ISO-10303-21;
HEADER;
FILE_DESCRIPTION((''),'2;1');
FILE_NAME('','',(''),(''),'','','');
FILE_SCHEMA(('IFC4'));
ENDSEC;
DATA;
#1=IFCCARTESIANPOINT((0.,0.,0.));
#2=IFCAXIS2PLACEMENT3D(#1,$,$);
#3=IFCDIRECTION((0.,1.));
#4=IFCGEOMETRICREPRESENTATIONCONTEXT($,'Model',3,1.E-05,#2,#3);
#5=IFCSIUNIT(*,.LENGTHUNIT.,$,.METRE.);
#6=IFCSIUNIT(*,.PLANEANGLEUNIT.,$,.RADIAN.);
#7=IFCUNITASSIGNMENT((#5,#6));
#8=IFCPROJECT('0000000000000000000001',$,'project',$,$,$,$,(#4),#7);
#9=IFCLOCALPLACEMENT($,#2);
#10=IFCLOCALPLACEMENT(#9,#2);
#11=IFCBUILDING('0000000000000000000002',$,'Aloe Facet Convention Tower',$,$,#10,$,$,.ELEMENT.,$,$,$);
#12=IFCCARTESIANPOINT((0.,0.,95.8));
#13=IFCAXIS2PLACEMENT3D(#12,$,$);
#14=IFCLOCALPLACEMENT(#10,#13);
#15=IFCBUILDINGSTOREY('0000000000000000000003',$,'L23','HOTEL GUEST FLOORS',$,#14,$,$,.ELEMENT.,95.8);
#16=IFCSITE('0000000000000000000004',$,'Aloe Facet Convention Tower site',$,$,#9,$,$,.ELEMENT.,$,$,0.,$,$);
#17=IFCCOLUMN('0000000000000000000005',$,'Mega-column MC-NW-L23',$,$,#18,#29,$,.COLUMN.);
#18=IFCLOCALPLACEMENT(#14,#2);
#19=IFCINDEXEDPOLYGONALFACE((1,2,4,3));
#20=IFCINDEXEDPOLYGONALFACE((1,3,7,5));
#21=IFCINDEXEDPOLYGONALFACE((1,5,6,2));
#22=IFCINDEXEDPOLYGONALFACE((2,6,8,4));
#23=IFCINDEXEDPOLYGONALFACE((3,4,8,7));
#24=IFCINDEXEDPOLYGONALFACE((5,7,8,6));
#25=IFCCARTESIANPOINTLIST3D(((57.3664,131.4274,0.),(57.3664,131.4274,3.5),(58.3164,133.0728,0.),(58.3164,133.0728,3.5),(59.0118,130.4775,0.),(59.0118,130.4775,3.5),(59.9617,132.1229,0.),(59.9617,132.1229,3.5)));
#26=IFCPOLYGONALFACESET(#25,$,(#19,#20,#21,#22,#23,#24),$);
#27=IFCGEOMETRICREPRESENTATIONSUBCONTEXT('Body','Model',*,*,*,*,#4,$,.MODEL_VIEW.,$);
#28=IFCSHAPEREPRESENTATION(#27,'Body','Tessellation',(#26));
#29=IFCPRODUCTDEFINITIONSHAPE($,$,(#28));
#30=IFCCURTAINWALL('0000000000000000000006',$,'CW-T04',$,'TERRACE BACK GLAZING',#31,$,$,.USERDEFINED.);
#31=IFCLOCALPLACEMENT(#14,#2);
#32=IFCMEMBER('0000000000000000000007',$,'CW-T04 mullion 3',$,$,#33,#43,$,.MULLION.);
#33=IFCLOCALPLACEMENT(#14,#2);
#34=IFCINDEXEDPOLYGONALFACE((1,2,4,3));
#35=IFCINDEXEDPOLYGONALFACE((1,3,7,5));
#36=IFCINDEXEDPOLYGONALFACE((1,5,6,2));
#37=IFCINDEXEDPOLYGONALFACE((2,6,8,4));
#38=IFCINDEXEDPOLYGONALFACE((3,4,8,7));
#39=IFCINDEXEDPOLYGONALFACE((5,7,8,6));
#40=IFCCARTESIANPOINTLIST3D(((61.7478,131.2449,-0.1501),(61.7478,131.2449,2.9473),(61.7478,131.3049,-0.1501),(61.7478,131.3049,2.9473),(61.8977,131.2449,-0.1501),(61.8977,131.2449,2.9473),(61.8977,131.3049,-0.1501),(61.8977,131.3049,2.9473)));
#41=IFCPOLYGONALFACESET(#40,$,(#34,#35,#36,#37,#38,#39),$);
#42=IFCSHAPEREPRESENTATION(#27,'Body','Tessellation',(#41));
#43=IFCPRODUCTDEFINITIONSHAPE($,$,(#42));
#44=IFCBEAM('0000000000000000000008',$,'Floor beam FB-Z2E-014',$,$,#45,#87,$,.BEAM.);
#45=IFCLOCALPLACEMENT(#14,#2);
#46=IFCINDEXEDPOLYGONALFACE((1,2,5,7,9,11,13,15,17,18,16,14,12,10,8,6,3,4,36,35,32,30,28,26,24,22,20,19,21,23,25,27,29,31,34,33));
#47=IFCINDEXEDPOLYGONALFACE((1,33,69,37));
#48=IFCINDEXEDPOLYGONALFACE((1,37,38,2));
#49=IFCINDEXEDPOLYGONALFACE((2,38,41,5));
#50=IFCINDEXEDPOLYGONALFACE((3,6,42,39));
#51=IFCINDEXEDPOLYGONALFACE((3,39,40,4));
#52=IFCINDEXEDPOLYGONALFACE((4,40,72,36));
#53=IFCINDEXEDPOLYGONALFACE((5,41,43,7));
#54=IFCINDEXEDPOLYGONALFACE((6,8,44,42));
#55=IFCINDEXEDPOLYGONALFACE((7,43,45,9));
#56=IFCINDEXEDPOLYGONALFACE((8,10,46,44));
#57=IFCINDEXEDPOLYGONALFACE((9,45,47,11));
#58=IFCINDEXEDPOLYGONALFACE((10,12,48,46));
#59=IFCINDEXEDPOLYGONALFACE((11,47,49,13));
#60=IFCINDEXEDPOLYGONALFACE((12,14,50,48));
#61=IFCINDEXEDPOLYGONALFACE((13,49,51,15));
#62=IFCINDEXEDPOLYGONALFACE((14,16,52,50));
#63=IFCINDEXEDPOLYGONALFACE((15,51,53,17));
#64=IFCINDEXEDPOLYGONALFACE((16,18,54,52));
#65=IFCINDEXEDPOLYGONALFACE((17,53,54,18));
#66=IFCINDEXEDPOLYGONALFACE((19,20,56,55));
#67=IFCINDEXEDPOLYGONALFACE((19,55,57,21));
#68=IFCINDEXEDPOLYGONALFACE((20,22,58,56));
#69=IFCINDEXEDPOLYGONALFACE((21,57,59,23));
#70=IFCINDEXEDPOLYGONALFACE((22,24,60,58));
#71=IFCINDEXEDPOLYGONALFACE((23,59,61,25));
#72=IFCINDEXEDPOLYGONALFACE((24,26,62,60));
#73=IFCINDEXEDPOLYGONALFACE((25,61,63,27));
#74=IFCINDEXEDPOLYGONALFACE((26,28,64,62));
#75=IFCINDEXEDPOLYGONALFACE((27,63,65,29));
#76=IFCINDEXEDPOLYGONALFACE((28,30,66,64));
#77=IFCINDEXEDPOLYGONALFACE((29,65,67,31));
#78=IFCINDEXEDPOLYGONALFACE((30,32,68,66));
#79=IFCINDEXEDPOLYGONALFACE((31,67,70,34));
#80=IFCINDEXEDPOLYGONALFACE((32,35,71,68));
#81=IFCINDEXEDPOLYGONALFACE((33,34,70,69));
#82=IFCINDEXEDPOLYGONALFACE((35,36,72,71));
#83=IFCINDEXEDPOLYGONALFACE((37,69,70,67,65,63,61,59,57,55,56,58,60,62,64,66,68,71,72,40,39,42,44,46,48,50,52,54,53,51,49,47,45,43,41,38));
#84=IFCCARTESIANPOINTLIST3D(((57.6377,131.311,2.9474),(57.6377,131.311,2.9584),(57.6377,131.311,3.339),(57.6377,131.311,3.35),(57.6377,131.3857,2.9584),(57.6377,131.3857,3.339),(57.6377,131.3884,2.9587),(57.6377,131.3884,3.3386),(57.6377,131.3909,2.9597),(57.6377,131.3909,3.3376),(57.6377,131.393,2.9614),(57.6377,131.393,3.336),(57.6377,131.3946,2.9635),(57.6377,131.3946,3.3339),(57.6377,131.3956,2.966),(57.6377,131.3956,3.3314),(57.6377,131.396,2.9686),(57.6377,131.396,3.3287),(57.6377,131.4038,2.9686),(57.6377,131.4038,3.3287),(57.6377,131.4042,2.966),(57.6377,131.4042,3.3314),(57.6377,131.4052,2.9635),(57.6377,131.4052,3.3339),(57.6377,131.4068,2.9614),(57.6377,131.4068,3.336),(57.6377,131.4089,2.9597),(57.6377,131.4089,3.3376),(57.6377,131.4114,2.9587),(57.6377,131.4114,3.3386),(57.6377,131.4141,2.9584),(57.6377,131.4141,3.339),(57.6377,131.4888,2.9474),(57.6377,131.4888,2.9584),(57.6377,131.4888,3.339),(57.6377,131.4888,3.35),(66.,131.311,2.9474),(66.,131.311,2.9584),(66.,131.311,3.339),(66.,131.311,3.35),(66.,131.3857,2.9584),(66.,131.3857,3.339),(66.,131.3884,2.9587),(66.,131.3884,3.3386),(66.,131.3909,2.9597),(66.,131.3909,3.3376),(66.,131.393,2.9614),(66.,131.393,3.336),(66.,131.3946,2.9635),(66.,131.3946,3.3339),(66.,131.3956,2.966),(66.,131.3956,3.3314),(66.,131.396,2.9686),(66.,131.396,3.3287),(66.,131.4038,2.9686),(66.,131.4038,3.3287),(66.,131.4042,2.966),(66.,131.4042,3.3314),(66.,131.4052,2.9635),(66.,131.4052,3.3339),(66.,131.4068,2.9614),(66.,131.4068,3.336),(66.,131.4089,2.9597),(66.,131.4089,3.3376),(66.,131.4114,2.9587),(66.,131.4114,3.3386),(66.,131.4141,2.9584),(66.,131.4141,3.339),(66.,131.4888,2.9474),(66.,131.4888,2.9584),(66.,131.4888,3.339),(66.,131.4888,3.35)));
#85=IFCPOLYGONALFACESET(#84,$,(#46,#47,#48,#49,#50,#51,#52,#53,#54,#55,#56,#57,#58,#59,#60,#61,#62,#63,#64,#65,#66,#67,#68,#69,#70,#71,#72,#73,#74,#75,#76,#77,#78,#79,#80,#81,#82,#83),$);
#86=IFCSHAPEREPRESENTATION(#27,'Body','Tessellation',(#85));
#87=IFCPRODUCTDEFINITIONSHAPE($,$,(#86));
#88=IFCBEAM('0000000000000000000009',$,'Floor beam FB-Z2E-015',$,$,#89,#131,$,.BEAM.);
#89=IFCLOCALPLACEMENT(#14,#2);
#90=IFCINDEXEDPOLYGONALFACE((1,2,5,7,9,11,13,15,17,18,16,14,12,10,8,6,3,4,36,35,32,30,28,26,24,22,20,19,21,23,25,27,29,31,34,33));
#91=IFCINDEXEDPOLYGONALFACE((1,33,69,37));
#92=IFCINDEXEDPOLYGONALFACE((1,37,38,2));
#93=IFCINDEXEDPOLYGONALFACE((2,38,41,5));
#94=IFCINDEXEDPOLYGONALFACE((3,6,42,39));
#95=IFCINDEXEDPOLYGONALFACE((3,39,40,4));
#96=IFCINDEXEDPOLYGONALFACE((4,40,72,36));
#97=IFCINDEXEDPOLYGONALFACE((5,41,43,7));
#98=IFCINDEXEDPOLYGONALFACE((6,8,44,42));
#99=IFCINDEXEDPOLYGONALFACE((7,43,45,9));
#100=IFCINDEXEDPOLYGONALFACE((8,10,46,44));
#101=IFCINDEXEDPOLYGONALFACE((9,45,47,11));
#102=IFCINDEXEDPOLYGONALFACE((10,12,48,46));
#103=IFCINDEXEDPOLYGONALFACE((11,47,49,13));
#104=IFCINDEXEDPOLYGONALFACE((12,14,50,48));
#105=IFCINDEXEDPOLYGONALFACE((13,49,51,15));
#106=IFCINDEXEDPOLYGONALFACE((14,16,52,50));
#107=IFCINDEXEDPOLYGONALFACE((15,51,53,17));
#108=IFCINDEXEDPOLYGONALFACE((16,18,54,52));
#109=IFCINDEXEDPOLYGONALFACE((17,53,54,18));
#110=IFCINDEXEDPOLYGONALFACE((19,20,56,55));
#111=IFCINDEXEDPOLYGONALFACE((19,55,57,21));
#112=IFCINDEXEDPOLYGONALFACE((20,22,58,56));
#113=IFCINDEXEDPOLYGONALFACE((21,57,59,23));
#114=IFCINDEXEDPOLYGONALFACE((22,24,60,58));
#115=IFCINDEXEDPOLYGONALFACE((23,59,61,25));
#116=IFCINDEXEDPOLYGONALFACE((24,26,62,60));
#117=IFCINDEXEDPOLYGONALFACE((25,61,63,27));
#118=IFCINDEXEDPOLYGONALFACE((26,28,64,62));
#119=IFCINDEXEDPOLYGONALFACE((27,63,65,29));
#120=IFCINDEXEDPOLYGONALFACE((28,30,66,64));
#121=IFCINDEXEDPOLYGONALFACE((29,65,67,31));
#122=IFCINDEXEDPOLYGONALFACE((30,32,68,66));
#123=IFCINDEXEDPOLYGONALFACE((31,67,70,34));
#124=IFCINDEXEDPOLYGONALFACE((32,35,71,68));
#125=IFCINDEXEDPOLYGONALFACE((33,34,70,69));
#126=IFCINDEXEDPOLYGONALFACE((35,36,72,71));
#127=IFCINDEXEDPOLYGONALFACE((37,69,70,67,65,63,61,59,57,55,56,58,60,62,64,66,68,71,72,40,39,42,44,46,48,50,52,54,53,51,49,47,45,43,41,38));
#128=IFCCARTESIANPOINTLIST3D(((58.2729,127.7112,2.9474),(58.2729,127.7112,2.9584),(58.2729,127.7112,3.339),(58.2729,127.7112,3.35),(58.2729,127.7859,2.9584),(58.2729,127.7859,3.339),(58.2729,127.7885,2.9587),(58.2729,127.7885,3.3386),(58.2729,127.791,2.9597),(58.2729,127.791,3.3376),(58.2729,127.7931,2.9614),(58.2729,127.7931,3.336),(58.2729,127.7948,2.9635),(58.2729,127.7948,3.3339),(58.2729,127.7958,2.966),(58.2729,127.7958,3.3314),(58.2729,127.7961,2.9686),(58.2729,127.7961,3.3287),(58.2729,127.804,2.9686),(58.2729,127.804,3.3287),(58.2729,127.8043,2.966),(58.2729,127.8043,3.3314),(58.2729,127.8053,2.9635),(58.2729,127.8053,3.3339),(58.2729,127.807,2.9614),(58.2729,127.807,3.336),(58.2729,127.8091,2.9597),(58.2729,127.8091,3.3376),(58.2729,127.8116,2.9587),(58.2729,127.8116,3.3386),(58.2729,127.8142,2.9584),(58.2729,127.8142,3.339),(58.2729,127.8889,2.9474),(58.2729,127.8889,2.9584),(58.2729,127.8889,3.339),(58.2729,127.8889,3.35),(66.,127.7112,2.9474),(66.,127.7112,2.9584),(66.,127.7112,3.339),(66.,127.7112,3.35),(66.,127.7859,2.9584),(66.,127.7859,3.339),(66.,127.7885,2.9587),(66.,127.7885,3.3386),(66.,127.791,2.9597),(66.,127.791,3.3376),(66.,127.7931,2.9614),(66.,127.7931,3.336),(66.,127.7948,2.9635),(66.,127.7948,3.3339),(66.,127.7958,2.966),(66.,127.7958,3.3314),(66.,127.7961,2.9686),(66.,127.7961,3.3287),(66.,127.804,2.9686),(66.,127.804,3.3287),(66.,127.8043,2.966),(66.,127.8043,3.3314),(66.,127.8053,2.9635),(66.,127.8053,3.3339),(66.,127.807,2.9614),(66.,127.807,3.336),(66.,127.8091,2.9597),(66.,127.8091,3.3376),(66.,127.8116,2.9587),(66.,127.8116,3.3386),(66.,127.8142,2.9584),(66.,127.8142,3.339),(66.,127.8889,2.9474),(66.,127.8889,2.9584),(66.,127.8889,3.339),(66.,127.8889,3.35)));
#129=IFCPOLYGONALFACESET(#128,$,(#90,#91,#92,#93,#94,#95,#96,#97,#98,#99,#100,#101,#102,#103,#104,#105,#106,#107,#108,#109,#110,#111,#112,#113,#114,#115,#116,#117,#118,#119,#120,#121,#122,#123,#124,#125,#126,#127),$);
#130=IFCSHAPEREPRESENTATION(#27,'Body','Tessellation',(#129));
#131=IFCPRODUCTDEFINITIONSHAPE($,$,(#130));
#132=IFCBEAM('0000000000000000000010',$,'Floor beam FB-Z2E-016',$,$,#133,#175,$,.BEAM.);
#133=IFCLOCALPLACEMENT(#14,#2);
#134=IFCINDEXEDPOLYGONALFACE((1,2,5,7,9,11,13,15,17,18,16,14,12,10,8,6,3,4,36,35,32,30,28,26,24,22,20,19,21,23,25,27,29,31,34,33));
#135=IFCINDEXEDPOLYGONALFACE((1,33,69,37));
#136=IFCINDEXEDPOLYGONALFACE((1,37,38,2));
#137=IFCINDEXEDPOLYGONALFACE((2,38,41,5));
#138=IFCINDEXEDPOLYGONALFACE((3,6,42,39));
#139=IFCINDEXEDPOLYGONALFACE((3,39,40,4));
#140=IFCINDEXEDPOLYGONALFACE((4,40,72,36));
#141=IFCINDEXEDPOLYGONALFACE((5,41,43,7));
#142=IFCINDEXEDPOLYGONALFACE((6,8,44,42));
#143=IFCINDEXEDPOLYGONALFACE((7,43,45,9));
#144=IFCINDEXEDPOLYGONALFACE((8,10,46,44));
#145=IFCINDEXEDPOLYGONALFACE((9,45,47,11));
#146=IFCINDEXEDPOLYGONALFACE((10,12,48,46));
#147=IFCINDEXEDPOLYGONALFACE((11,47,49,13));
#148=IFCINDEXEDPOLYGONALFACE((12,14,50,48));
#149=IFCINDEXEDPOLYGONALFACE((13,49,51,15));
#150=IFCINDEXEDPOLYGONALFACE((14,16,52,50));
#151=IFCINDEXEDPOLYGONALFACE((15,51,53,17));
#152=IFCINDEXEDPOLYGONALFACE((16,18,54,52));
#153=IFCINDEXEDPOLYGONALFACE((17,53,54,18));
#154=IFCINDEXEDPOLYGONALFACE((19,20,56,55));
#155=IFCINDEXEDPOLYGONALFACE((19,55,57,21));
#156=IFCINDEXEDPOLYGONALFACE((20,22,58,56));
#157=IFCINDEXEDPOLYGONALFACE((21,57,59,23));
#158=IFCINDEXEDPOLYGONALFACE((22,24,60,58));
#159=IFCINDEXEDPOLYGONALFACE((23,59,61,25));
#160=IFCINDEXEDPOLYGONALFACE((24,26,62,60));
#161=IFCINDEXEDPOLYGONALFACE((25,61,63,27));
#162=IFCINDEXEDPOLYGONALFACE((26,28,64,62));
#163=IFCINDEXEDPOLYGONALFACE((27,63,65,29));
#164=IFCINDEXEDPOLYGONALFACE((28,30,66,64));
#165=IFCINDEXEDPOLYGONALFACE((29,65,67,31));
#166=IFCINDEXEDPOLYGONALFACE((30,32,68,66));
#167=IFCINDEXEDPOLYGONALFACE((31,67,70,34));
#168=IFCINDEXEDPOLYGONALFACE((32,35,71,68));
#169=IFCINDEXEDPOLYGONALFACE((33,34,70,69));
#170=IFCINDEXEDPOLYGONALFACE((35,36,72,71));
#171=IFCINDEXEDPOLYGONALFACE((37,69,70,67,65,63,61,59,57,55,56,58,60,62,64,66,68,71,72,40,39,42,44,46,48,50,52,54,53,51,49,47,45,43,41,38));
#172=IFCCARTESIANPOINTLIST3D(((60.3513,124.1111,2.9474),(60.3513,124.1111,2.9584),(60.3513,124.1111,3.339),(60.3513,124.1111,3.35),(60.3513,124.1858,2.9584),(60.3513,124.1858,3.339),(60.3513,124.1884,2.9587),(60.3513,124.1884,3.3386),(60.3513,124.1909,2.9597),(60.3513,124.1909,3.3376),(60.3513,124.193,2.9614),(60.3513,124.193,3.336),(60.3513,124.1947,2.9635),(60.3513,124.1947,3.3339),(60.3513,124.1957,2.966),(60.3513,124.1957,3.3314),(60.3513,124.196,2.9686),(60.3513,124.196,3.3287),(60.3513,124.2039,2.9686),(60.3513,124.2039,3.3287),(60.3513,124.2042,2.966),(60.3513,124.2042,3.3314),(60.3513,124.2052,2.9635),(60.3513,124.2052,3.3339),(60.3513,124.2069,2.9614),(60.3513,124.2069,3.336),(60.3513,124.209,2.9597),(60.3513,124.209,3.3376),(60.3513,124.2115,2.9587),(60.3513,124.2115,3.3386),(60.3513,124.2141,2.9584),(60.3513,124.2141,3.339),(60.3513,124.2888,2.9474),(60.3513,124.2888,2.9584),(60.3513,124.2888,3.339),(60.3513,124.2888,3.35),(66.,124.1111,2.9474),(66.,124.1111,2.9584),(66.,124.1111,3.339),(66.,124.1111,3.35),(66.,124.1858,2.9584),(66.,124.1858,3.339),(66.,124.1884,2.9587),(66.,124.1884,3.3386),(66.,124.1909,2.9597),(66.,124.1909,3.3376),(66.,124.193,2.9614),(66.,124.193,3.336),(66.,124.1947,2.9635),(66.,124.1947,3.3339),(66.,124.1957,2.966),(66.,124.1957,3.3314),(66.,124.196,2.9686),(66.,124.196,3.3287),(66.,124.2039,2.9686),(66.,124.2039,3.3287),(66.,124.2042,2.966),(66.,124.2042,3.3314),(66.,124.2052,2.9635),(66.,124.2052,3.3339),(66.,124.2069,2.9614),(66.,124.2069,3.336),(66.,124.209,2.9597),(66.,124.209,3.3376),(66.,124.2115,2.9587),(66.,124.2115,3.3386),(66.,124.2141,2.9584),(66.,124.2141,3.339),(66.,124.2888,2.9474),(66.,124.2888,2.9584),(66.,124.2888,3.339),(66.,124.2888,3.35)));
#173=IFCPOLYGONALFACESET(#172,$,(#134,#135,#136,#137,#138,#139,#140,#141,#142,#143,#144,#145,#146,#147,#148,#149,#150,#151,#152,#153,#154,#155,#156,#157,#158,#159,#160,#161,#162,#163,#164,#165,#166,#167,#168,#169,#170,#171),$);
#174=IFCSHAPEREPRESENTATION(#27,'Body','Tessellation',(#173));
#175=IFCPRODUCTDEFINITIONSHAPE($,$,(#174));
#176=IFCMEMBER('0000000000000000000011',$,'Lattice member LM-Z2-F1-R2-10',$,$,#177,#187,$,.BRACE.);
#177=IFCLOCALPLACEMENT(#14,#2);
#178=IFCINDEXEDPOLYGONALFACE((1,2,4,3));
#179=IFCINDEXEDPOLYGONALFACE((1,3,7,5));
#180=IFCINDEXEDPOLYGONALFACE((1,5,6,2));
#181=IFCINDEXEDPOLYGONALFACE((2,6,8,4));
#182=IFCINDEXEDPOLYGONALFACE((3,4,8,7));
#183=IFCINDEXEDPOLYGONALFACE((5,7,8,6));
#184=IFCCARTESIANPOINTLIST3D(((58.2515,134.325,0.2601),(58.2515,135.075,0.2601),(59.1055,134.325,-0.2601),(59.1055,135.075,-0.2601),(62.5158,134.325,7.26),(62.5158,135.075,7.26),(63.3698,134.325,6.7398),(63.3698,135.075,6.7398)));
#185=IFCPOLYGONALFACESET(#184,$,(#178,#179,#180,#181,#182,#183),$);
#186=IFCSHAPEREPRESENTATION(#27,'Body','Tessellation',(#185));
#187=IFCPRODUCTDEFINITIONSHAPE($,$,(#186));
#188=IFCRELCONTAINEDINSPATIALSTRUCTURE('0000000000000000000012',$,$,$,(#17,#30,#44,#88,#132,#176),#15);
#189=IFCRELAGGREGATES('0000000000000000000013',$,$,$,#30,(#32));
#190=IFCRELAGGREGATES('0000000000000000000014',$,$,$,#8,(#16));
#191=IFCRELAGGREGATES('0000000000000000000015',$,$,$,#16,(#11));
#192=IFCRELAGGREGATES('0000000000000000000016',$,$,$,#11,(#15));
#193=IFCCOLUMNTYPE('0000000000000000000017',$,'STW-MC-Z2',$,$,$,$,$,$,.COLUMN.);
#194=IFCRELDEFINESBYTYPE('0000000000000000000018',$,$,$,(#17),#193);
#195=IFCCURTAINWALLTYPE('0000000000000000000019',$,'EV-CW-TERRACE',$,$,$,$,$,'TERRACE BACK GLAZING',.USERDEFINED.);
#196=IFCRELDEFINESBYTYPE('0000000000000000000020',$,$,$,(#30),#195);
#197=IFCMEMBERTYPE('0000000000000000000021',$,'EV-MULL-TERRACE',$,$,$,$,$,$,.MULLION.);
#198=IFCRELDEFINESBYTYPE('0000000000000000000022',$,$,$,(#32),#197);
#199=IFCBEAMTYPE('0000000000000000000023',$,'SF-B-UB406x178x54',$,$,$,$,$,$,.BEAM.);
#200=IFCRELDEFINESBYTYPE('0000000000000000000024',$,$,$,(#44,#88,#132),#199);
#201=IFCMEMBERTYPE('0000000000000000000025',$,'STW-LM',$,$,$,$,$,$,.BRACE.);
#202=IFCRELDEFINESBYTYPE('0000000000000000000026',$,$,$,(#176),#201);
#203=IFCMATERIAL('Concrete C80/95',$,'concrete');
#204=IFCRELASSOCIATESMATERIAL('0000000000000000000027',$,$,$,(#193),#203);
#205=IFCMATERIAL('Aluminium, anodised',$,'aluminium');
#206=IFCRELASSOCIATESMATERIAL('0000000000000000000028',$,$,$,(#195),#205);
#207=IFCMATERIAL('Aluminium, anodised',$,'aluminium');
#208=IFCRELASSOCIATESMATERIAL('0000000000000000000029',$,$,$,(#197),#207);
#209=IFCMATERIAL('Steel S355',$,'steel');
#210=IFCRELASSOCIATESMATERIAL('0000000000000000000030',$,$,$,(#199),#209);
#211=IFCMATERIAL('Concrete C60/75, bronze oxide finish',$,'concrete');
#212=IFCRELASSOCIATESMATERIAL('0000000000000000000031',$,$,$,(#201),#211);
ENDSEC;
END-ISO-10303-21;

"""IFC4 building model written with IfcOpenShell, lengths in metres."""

from ifc_helpers import new_model, si_unit, direction, frame, origin, origin_2d, place, context, subcontext, project, spatial, rectangle, i_section, extrude, material, material_profile, profile_set, type_object, element, aggregate, save


model = new_model("IFC4")

# Units and contexts
model_context = context("Model", 3, precision=1e-05, world=origin(), true_north=direction((0.0, 1.0)))
body_context = subcontext(model_context, "Body", "Model", "MODEL_VIEW")
ifc_project = project(units=[si_unit("LENGTHUNIT", "METRE"), si_unit("PLANEANGLEUNIT", "RADIAN")], contexts=[model_context])

# Site, building, storey
site_placement = place(None, origin())
site = spatial("IfcSite", under=ifc_project, at=site_placement, Name="Aloe Facet Convention Tower site", CompositionType="ELEMENT", RefElevation=0.0)
building_placement = place(site_placement, origin())
building = spatial("IfcBuilding", under=site, at=building_placement, Name="Aloe Facet Convention Tower", CompositionType="ELEMENT")
storey_placement = place(building_placement, frame((0.0, 0.0, 95.8)))
storey = spatial("IfcBuildingStorey", under=building, at=storey_placement, Name="L23", Description="HOTEL GUEST FLOORS", CompositionType="ELEMENT", Elevation=95.8)

# Column
ifc_material_1 = material(Name="Concrete C80/95", Category="concrete")
ifc_material_profile_1 = material_profile(ifc_material_1, rectangle(XDim=1.8999, YDim=1.8999, at=origin_2d()), Name="STW-MC-Z2")
ifc_profile_set_1 = profile_set([ifc_material_profile_1], Name="Concrete C80/95")
column_type = type_object("IfcColumnType", Name="STW-MC-Z2", PredefinedType="COLUMN", material=ifc_profile_set_1)
column_placement = place(storey_placement, frame((58.6641, 131.7751, 0.0), z_axis=(0.0, 0.0, 1.0), x_axis=(-0.5, -0.866025, 0.0)))
element("IfcColumn", 1, at=column_placement, inside=storey, type_object=column_type, Name="Mega-column MC-NW-L23", PredefinedType="COLUMN", context=body_context, shape_type="SweptSolid", body=[
    extrude(rectangle(XDim=1.8999, YDim=1.8999, at=origin_2d()), origin(), (0.0, 0.0, 1.0), 3.5),
])

# Curtain wall, member
ifc_material_2 = material(Name="Aluminium, anodised", Category="aluminium")
curtain_wall_type = type_object("IfcCurtainWallType", Name="EV-CW-TERRACE", ElementType="TERRACE BACK GLAZING", PredefinedType="USERDEFINED", material=ifc_material_2)
curtain_wall_placement = place(storey_placement, origin())
curtain_wall = element("IfcCurtainWall", 2, at=curtain_wall_placement, inside=storey, type_object=curtain_wall_type, Name="CW-T04", ObjectType="TERRACE BACK GLAZING", PredefinedType="USERDEFINED")
ifc_material_3 = material(Name="Aluminium, anodised", Category="aluminium")
ifc_material_profile_2 = material_profile(ifc_material_3, rectangle(XDim=0.0601, YDim=0.1499, at=origin_2d()), Name="AL 60x150")
ifc_profile_set_2 = profile_set([ifc_material_profile_2], Name="Aluminium, anodised")
member_type_1 = type_object("IfcMemberType", Name="EV-MULL-TERRACE", PredefinedType="MULLION", material=ifc_profile_set_2)
member_1_placement = place(storey_placement, frame((61.8228, 131.2749, -0.1501), z_axis=(0.0, 0.0, 1.0), x_axis=(0.0, -1.0, 0.0)))
member_1 = element("IfcMember", 3, at=member_1_placement, type_object=member_type_1, Name="CW-T04 mullion 3", PredefinedType="MULLION", context=body_context, shape_type="SweptSolid", body=[
    extrude(rectangle(XDim=0.0601, YDim=0.1499, at=origin_2d()), origin(), (0.0, 0.0, 1.0), 3.0974),
])
aggregate(curtain_wall, [member_1])

# Beams
ifc_material_4 = material(Name="Steel S355", Category="steel")
ifc_material_profile_3 = material_profile(ifc_material_4, i_section(OverallWidth=0.1777, OverallDepth=0.4026, WebThickness=0.0078, FlangeThickness=0.011, FilletRadius=0.0103, at=origin_2d()), Name="UB 406x178x54")
ifc_profile_set_3 = profile_set([ifc_material_profile_3], Name="Steel S355")
beam_type = type_object("IfcBeamType", Name="SF-B-UB406x178x54", PredefinedType="BEAM", material=ifc_profile_set_3)
beam_1_placement = place(storey_placement, frame((57.6377, 131.3999, 3.1487), z_axis=(1.0, 0.0, 0.0), x_axis=(0.0, 1.0, 0.0)))
element("IfcBeam", 4, at=beam_1_placement, inside=storey, type_object=beam_type, Name="Floor beam FB-Z2E-014", PredefinedType="BEAM", context=body_context, shape_type="SweptSolid", body=[
    extrude(i_section(OverallWidth=0.1777, OverallDepth=0.4026, WebThickness=0.0078, FlangeThickness=0.011, FilletRadius=0.0103, at=origin_2d()), origin(), (0.0, 0.0, 1.0), 8.3623),
])
beam_2_placement = place(storey_placement, frame((58.2729, 127.8, 3.1487), z_axis=(1.0, 0.0, 0.0), x_axis=(0.0, 1.0, 0.0)))
element("IfcBeam", 5, at=beam_2_placement, inside=storey, type_object=beam_type, Name="Floor beam FB-Z2E-015", PredefinedType="BEAM", context=body_context, shape_type="SweptSolid", body=[
    extrude(i_section(OverallWidth=0.1777, OverallDepth=0.4026, WebThickness=0.0078, FlangeThickness=0.011, FilletRadius=0.0103, at=origin_2d()), origin(), (0.0, 0.0, 1.0), 7.7271),
])
beam_3_placement = place(storey_placement, frame((60.3513, 124.2, 3.1487), z_axis=(1.0, 0.0, 0.0), x_axis=(0.0, 1.0, 0.0)))
element("IfcBeam", 6, at=beam_3_placement, inside=storey, type_object=beam_type, Name="Floor beam FB-Z2E-016", PredefinedType="BEAM", context=body_context, shape_type="SweptSolid", body=[
    extrude(i_section(OverallWidth=0.1777, OverallDepth=0.4026, WebThickness=0.0078, FlangeThickness=0.011, FilletRadius=0.0103, at=origin_2d()), origin(), (0.0, 0.0, 1.0), 5.6487),
])

# Member
ifc_material_5 = material(Name="Concrete C60/75, bronze oxide finish", Category="concrete")
ifc_material_profile_4 = material_profile(ifc_material_5, rectangle(XDim=0.75, YDim=1.0, at=origin_2d()), Name="STW-LM")
ifc_profile_set_4 = profile_set([ifc_material_profile_4], Name="Concrete C60/75, bronze oxide finish")
member_type_2 = type_object("IfcMemberType", Name="STW-LM", PredefinedType="BRACE", material=ifc_profile_set_4)
member_2_placement = place(storey_placement, frame((58.6785, 134.7, 0.0), z_axis=(0.520262, 0.0, 0.854007), x_axis=(0.0, 1.0, 0.0)))
element("IfcMember", 7, at=member_2_placement, inside=storey, type_object=member_type_2, Name="Lattice member LM-Z2-F1-R2-10", PredefinedType="BRACE", context=body_context, shape_type="SweptSolid", body=[
    extrude(rectangle(XDim=0.75, YDim=1.0, at=origin_2d()), origin(), (0.0, 0.0, 1.0), 8.1965),
])

save(model, "model.ifc")
